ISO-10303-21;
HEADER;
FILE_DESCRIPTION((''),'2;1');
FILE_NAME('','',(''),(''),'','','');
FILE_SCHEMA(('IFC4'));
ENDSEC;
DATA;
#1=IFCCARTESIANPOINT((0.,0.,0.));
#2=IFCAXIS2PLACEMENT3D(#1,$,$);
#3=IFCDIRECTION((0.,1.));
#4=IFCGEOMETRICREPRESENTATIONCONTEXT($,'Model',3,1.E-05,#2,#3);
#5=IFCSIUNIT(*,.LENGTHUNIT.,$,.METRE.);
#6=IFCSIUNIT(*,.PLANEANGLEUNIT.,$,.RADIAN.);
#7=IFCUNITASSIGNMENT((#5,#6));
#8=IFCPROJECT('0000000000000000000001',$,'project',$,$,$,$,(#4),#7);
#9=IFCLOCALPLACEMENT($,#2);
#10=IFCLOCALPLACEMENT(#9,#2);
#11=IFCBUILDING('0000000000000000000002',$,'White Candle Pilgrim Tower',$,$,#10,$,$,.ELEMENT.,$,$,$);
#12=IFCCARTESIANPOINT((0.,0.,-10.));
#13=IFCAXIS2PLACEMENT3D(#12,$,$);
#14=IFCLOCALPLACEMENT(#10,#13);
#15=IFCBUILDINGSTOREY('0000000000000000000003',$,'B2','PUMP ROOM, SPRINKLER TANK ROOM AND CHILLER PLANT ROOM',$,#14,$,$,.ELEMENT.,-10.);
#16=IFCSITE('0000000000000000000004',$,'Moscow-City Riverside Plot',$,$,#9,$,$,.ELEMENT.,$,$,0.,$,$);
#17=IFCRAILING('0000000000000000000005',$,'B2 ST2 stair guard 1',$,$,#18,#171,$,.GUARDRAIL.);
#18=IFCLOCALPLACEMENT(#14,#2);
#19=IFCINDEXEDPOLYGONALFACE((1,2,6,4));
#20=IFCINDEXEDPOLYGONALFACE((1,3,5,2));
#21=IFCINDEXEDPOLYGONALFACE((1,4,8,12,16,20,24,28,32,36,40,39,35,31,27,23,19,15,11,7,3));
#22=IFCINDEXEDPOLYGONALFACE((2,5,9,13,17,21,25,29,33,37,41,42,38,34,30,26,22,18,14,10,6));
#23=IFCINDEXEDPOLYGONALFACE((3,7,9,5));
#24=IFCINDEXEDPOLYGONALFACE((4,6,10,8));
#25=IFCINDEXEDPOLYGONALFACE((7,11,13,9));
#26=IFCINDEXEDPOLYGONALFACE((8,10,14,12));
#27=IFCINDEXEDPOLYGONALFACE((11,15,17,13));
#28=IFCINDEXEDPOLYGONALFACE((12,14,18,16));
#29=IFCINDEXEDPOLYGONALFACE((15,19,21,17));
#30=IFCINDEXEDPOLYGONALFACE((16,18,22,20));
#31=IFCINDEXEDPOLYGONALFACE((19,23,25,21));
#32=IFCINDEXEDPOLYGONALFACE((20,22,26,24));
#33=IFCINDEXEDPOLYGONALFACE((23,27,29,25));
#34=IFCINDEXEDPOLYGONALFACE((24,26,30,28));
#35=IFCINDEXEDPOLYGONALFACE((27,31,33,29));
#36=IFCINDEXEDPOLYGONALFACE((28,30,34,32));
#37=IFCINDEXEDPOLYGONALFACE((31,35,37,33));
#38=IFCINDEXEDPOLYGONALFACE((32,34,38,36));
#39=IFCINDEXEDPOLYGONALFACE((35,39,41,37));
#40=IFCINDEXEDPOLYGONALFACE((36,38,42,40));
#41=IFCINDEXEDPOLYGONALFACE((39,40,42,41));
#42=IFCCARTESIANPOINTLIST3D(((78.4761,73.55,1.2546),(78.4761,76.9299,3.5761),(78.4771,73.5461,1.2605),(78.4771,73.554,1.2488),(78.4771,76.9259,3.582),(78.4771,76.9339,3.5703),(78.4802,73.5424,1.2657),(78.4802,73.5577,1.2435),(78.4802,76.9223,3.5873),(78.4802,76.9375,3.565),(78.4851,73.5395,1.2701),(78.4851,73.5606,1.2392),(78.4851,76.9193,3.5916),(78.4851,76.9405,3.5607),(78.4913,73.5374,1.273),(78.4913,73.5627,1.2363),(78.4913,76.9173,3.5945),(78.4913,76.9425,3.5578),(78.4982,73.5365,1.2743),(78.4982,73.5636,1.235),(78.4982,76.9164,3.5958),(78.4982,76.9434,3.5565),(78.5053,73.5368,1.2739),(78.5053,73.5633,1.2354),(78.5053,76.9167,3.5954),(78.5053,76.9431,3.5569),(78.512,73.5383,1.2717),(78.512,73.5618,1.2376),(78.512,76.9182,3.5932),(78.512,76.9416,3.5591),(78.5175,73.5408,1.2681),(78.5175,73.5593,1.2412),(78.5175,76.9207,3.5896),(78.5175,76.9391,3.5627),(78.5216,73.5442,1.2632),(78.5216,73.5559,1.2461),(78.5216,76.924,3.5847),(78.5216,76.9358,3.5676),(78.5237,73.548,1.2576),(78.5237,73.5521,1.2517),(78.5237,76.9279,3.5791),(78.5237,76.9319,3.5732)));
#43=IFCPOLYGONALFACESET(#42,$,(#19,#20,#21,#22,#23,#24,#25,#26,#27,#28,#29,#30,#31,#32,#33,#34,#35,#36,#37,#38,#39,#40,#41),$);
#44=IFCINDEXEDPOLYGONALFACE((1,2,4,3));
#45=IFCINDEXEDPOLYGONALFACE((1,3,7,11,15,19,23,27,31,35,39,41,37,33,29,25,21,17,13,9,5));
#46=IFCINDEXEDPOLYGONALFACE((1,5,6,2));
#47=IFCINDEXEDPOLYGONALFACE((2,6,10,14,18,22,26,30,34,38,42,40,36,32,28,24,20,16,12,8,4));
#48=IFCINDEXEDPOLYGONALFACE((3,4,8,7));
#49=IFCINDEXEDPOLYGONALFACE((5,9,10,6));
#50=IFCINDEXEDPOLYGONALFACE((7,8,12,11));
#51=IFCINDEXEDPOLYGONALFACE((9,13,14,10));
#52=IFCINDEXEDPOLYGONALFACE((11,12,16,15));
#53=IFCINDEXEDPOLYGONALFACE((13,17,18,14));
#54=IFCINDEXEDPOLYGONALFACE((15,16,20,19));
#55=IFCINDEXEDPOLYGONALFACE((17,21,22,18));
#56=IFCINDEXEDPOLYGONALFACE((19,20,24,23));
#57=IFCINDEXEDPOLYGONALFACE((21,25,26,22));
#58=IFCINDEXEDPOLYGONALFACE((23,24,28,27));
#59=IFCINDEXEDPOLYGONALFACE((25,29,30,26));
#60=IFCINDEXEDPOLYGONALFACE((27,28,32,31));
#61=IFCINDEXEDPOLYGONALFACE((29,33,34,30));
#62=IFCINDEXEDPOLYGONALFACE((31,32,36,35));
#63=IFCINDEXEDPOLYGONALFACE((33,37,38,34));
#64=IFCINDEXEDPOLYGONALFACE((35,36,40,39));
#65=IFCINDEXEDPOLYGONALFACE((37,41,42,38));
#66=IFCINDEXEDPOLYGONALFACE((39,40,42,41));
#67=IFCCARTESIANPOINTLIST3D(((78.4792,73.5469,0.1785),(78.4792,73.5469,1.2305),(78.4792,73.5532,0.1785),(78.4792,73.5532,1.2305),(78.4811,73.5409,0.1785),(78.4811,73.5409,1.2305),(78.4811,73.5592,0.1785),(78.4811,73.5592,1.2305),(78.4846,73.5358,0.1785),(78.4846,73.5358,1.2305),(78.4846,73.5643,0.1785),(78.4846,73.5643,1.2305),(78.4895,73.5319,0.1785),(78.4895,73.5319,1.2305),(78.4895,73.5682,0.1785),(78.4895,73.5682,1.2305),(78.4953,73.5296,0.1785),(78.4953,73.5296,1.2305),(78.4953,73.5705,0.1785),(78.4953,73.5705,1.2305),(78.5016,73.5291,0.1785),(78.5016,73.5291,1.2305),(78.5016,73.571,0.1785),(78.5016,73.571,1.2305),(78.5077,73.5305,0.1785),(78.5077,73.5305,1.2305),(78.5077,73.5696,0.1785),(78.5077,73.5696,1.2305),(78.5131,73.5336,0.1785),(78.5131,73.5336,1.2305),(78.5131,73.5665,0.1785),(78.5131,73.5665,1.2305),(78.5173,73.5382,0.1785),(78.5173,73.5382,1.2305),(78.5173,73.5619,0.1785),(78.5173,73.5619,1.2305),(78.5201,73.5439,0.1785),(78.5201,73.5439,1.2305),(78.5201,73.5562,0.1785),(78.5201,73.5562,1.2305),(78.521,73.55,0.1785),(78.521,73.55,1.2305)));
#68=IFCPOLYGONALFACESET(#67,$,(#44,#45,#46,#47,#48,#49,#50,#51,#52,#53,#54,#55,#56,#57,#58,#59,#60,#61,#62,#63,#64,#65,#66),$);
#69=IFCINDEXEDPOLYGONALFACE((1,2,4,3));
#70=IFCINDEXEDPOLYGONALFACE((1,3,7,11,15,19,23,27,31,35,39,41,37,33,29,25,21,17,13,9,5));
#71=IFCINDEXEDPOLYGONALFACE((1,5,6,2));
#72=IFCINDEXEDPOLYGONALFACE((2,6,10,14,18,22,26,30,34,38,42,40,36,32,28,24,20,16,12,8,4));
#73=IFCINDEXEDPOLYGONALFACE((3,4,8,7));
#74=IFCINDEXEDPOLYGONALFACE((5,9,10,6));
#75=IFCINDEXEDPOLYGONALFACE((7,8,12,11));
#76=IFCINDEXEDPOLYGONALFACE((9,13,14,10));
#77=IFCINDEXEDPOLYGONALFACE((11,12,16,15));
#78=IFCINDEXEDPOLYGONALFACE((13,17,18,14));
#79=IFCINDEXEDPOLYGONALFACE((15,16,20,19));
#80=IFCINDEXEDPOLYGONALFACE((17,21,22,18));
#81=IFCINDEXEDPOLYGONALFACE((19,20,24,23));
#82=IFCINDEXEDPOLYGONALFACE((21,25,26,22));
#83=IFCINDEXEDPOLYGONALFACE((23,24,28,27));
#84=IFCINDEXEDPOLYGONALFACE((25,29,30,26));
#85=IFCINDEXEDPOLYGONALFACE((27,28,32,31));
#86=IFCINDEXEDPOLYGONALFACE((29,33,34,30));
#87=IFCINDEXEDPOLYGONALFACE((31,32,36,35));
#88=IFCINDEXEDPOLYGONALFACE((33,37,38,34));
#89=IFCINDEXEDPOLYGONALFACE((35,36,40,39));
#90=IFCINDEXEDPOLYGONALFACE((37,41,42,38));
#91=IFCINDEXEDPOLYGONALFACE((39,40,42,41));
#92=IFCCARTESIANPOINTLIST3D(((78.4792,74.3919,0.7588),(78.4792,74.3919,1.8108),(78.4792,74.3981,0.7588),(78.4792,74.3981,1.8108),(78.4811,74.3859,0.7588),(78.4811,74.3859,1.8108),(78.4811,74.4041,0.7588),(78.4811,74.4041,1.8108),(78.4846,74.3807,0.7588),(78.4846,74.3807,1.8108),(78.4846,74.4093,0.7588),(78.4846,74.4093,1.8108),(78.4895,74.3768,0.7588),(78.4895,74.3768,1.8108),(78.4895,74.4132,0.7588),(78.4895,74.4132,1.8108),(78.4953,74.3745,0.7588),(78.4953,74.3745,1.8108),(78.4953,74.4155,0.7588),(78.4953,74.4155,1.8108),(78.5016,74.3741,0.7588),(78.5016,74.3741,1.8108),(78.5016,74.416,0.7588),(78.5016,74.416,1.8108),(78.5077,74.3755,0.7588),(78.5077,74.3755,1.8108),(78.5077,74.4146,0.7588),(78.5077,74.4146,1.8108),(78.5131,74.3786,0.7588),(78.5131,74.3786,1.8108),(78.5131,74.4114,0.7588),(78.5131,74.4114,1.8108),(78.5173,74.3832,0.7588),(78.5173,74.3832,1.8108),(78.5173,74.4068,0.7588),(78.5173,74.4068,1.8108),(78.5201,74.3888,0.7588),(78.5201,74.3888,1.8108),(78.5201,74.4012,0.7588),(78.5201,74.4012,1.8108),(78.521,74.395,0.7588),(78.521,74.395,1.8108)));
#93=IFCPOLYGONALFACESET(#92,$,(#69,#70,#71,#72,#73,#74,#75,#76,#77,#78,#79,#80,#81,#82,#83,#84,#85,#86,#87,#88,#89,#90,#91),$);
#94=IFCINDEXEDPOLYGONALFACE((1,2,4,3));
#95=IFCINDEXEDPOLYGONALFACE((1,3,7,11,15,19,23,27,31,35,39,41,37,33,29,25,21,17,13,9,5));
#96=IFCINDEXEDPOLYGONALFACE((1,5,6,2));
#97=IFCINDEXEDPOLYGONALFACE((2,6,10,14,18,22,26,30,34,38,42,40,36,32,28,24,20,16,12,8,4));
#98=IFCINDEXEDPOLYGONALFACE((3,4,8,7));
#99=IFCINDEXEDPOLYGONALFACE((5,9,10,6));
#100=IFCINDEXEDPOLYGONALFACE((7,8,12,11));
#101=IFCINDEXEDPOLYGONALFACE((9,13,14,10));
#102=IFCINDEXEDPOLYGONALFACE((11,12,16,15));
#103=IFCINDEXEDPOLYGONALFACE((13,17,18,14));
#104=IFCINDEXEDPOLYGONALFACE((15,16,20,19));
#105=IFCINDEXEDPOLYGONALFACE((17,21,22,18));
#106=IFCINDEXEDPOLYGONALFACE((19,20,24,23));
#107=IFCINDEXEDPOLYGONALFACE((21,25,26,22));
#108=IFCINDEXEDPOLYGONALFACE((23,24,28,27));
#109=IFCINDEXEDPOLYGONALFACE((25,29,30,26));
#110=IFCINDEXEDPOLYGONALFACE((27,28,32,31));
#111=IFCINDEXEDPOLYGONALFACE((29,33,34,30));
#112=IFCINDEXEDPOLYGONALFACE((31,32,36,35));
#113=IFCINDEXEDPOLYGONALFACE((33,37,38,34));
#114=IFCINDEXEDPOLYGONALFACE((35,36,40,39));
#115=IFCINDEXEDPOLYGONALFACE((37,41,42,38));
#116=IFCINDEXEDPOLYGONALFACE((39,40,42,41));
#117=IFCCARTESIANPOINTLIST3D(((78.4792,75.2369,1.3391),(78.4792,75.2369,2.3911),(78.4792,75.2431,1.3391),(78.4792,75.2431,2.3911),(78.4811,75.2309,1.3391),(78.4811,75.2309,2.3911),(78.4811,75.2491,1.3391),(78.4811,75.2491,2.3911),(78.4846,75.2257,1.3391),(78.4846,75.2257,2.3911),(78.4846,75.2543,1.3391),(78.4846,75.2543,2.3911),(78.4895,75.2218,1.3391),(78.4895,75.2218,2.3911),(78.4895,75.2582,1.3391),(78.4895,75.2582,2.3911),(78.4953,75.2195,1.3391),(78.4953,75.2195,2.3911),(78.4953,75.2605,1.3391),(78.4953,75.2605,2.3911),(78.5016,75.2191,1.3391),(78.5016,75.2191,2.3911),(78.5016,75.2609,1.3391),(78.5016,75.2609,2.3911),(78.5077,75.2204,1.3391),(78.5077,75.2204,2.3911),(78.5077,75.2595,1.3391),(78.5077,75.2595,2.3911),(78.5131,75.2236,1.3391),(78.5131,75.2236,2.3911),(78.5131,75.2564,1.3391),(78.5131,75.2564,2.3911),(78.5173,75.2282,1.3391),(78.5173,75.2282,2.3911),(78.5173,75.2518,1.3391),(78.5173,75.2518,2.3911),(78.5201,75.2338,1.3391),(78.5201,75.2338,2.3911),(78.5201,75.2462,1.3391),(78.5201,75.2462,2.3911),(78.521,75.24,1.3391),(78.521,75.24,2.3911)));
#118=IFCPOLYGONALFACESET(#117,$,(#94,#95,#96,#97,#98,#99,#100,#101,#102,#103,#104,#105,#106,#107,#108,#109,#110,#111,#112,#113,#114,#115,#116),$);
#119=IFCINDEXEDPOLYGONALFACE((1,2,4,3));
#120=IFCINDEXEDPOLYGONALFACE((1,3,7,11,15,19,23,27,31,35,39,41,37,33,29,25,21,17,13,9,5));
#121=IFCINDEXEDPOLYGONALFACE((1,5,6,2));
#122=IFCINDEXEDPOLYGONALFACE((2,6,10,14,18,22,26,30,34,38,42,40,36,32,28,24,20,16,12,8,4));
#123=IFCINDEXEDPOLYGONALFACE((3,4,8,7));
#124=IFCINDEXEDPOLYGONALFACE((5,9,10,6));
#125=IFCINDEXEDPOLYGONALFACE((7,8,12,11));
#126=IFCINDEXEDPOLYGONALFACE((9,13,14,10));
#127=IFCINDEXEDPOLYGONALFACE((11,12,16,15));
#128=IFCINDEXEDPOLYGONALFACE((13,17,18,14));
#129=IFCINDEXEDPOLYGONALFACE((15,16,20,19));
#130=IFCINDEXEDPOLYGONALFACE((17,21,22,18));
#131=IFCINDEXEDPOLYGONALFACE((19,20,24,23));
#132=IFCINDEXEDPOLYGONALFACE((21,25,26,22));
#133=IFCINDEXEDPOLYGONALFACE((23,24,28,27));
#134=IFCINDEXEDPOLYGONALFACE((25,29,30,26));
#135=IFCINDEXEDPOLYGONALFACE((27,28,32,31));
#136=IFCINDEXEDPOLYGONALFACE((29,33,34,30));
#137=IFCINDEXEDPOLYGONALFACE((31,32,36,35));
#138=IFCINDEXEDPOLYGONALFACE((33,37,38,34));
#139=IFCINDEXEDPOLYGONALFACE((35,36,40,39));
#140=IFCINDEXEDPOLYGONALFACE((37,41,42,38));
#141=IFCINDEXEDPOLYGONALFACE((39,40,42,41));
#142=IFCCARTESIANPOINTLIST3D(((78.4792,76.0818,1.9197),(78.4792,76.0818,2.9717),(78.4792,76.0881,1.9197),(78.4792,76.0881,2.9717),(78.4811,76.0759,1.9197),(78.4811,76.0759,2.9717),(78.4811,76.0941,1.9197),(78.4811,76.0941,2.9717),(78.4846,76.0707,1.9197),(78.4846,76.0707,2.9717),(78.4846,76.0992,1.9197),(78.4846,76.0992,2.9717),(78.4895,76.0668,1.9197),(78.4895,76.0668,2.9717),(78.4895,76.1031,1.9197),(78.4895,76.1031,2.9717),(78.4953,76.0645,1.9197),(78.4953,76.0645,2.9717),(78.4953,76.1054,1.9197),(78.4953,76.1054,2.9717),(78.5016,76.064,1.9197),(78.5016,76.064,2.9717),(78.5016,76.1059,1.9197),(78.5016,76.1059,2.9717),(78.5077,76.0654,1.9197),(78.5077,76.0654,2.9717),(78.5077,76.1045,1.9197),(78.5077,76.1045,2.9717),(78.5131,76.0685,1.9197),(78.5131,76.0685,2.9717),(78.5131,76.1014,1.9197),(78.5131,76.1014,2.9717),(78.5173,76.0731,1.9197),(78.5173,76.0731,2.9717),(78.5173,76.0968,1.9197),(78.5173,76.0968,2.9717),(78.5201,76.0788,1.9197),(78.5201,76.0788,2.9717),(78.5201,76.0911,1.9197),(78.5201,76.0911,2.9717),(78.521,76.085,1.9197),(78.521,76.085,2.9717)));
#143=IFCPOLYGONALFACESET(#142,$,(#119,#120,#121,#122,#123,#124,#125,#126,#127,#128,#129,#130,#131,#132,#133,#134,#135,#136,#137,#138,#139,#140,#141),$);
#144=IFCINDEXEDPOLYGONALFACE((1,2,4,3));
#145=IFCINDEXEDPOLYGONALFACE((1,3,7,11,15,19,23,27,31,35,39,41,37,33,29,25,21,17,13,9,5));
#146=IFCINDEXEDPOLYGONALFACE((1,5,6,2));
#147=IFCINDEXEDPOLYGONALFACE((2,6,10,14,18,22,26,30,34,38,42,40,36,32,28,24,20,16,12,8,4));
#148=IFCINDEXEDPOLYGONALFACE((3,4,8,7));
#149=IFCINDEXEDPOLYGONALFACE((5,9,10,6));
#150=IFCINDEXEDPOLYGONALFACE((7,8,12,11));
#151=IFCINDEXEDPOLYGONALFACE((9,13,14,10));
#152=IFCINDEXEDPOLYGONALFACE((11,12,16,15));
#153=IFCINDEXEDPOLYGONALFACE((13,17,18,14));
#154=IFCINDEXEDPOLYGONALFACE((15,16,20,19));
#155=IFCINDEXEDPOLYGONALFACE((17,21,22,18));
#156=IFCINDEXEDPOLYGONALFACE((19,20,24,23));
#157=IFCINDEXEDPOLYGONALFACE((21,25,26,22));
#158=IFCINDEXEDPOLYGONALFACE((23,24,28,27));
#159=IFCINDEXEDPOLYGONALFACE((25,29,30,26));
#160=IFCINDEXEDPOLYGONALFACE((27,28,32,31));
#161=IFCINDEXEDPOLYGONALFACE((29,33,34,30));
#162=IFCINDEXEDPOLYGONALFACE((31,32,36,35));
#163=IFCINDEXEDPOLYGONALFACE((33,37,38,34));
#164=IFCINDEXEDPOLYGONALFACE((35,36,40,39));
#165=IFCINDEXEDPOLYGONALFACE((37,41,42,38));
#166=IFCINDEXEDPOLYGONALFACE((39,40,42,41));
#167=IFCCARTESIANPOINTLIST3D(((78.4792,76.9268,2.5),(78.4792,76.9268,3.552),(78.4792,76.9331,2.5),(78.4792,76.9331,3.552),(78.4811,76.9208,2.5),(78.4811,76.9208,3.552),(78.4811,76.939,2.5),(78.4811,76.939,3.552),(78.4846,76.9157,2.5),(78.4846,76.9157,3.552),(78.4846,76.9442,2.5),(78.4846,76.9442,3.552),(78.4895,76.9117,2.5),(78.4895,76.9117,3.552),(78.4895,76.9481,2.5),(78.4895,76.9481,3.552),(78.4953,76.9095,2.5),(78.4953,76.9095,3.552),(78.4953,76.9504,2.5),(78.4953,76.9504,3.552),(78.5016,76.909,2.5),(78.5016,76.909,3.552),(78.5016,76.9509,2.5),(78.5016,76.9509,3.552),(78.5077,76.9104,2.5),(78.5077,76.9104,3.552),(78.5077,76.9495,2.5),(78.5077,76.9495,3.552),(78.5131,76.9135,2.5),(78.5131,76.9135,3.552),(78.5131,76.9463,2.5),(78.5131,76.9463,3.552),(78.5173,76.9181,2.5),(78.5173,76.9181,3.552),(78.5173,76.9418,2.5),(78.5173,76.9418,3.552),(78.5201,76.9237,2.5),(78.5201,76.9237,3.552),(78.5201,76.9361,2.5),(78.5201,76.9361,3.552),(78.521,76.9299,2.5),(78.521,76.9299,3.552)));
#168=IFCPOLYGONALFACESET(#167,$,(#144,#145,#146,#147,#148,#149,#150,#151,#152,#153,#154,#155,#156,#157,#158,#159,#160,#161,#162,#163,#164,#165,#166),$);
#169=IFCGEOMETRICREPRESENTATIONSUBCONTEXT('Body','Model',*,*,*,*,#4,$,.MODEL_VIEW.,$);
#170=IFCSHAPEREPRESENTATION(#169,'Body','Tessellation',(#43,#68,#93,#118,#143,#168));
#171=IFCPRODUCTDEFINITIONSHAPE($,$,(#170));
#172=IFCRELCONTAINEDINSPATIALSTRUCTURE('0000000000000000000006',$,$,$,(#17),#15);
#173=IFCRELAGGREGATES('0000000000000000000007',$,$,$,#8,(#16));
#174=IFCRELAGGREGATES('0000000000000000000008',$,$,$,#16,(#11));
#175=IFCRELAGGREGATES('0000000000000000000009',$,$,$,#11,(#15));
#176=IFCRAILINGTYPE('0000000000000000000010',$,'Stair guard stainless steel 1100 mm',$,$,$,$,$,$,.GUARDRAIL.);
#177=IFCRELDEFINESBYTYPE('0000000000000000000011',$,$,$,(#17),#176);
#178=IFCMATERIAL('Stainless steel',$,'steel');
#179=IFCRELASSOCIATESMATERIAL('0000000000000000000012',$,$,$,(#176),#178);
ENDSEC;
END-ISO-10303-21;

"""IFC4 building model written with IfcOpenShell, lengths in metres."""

from ifc_helpers import new_model, si_unit, direction, frame, origin, origin_2d, place, context, subcontext, project, spatial, circle, extrude, material, type_object, element, save


model = new_model("IFC4")

# Units and contexts
model_context = context("Model", 3, precision=1e-05, world=origin(), true_north=direction((0.0, 1.0)))
body_context = subcontext(model_context, "Body", "Model", "MODEL_VIEW")
ifc_project = project(units=[si_unit("LENGTHUNIT", "METRE"), si_unit("PLANEANGLEUNIT", "RADIAN")], contexts=[model_context])

# Site, building, storey
site_placement = place(None, origin())
site = spatial("IfcSite", under=ifc_project, at=site_placement, Name="Moscow-City Riverside Plot", CompositionType="ELEMENT", RefElevation=0.0)
building_placement = place(site_placement, origin())
building = spatial("IfcBuilding", under=site, at=building_placement, Name="White Candle Pilgrim Tower", CompositionType="ELEMENT")
storey_placement = place(building_placement, frame((0.0, 0.0, -10.0)))
storey = spatial("IfcBuildingStorey", under=building, at=storey_placement, Name="B2", Description="PUMP ROOM, SPRINKLER TANK ROOM AND CHILLER PLANT ROOM", CompositionType="ELEMENT", Elevation=-10.0)

# Railing
ifc_material_1 = material(Name="Stainless steel", Category="steel")
railing_type_1 = type_object("IfcRailingType", Name="Stair guard stainless steel 1100 mm", PredefinedType="GUARDRAIL", material=ifc_material_1)
railing_1_placement = place(storey_placement, frame((78.5, 73.55, 0.1785)))
element("IfcRailing", 1, at=railing_1_placement, inside=storey, type_object=railing_type_1, Name="B2 ST2 stair guard 1", PredefinedType="GUARDRAIL", context=body_context, shape_type="SweptSolid", body=[
    extrude(circle(Radius=0.0239, at=origin_2d()), frame((0.0, 0.0, 1.0762), z_axis=(0.0, 0.824285, 0.566175), x_axis=(-1.0, 0.0, 0.0)), (0.0, 0.0, 1.0), 4.1003),
    extrude(circle(Radius=0.021, at=origin_2d()), origin(), (0.0, 0.0, 1.0), 1.052),
    extrude(circle(Radius=0.021, at=origin_2d()), frame((0.0, 0.845, 0.5803)), (0.0, 0.0, 1.0), 1.052),
    extrude(circle(Radius=0.021, at=origin_2d()), frame((0.0, 1.6899, 1.1606)), (0.0, 0.0, 1.0), 1.052),
    extrude(circle(Radius=0.021, at=origin_2d()), frame((0.0, 2.5349, 1.7412)), (0.0, 0.0, 1.0), 1.052),
    extrude(circle(Radius=0.021, at=origin_2d()), frame((0.0, 3.3799, 2.3215)), (0.0, 0.0, 1.0), 1.052),
])

save(model, "model.ifc")
